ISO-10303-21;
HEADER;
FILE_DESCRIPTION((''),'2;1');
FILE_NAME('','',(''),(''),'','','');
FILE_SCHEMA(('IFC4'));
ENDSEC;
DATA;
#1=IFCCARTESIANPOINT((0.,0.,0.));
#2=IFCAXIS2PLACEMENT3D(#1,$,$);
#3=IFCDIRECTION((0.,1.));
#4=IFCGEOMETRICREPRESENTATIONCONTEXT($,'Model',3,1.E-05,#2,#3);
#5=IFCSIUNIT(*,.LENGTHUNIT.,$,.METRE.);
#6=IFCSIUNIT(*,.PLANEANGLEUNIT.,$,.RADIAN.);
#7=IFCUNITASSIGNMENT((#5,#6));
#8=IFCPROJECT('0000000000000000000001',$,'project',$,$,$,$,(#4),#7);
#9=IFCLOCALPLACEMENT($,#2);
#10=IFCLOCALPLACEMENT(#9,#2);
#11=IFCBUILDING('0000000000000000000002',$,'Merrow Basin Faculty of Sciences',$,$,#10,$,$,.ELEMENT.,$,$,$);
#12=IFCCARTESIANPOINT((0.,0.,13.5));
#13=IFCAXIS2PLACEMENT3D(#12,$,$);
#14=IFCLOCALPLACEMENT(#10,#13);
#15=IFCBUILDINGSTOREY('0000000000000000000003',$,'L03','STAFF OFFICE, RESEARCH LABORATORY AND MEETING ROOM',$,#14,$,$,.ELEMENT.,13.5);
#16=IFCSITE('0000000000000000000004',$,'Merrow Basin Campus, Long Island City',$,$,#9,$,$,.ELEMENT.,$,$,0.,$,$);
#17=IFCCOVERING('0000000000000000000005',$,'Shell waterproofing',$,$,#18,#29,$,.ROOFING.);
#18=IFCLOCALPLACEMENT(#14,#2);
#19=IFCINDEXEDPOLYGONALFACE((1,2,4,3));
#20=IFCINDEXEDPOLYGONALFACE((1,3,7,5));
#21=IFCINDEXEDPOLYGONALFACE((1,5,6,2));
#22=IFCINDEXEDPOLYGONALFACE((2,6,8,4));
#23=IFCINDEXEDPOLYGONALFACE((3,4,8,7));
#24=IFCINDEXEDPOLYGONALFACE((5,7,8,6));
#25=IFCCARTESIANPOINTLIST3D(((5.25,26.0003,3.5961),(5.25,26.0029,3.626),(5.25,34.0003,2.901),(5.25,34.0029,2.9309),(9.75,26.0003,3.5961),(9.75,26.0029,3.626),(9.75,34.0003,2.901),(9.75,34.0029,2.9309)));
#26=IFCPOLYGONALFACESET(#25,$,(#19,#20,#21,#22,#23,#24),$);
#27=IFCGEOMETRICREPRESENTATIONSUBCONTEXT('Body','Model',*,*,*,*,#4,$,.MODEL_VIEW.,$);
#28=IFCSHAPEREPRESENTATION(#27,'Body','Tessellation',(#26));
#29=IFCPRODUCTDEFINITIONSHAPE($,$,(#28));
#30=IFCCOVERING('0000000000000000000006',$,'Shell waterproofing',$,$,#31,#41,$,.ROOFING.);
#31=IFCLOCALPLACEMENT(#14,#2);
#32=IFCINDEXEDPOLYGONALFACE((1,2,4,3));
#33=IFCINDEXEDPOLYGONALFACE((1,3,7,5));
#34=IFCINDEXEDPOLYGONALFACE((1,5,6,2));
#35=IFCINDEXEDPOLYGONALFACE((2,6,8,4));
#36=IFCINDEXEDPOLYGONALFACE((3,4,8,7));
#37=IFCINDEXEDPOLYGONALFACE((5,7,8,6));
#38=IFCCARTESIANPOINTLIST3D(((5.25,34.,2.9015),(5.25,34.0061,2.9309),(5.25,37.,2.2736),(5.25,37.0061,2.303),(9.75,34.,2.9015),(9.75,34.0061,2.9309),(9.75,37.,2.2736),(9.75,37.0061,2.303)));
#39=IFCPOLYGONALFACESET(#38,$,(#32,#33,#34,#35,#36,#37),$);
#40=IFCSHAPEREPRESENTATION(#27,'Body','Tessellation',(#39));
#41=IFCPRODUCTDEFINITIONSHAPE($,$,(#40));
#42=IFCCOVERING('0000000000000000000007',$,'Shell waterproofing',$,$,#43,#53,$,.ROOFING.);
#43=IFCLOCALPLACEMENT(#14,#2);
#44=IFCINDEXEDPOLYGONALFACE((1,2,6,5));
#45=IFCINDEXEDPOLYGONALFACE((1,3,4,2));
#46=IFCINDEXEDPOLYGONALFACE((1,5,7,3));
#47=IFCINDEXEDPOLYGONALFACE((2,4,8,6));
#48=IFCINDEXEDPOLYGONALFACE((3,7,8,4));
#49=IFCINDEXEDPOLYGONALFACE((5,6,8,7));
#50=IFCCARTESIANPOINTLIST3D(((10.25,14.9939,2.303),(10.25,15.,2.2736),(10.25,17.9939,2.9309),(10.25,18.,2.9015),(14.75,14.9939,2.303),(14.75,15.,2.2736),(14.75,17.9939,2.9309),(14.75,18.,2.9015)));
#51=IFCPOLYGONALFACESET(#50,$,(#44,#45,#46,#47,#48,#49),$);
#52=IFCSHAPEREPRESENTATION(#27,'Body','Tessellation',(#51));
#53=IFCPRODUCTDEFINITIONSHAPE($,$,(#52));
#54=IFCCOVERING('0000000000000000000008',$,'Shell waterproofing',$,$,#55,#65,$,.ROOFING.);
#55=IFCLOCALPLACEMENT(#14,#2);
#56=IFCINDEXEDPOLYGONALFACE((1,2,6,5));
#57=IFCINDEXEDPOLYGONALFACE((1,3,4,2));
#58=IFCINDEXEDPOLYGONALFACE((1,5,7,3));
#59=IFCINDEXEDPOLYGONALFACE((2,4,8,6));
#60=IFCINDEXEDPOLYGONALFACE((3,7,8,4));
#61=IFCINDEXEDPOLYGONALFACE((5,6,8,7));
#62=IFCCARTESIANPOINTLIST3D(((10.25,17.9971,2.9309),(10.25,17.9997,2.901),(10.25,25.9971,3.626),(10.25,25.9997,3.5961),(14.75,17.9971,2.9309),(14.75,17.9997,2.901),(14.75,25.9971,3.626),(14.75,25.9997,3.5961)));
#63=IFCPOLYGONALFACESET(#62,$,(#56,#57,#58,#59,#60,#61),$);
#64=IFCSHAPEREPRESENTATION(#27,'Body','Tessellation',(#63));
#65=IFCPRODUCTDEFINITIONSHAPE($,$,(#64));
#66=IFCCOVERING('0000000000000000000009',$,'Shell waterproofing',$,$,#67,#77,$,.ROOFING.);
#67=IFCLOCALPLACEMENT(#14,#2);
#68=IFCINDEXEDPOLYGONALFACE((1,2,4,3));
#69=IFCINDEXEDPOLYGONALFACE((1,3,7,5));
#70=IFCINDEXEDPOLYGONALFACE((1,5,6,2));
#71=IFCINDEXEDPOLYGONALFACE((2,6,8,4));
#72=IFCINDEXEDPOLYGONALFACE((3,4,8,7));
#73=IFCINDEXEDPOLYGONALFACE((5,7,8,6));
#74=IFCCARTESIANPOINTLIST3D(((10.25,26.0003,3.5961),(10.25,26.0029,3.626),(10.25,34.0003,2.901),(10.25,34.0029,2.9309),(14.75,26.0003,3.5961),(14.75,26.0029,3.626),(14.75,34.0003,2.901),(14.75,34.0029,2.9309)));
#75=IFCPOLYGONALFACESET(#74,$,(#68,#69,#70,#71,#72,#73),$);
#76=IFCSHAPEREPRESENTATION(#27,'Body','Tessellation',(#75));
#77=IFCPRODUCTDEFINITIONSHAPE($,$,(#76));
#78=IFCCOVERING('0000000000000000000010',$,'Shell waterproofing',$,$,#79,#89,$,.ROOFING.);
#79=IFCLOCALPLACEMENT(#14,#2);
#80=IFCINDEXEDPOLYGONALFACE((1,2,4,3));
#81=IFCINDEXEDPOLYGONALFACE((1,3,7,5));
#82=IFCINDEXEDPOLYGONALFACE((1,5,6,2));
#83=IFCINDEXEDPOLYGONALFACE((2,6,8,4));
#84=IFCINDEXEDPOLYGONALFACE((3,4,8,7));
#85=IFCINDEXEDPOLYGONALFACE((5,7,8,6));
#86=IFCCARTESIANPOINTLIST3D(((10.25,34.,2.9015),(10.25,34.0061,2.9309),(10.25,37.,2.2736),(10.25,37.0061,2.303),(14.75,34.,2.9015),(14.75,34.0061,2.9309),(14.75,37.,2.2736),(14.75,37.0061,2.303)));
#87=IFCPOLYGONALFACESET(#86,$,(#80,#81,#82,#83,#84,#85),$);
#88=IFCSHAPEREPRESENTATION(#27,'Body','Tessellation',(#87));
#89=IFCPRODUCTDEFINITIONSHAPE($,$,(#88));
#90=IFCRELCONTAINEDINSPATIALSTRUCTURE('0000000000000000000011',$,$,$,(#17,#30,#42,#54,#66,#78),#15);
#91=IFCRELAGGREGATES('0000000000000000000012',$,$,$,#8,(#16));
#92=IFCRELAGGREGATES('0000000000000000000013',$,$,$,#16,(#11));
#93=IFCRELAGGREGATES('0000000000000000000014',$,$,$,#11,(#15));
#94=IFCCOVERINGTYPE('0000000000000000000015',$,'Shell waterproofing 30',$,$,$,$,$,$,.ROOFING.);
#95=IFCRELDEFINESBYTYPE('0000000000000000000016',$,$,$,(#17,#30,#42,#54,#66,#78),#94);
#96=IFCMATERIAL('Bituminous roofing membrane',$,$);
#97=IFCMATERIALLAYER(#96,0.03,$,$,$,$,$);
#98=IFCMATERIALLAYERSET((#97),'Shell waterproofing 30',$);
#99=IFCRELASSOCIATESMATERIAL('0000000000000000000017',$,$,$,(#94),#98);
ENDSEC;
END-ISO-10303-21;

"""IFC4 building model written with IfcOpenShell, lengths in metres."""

from ifc_helpers import new_model, si_unit, direction, frame, origin, place, context, subcontext, project, spatial, polyline, outline, extrude, material, layer, layer_set, type_object, element, save


model = new_model("IFC4")

# Units and contexts
model_context = context("Model", 3, precision=1e-05, world=origin(), true_north=direction((0.0, 1.0)))
body_context = subcontext(model_context, "Body", "Model", "MODEL_VIEW")
ifc_project = project(units=[si_unit("LENGTHUNIT", "METRE"), si_unit("PLANEANGLEUNIT", "RADIAN")], contexts=[model_context])

# Site, building, storey
site_placement = place(None, origin())
site = spatial("IfcSite", under=ifc_project, at=site_placement, Name="Merrow Basin Campus, Long Island City", CompositionType="ELEMENT", RefElevation=0.0)
building_placement = place(site_placement, origin())
building = spatial("IfcBuilding", under=site, at=building_placement, Name="Merrow Basin Faculty of Sciences", CompositionType="ELEMENT")
storey_placement = place(building_placement, frame((0.0, 0.0, 13.5)))
storey = spatial("IfcBuildingStorey", under=building, at=storey_placement, Name="L03", Description="STAFF OFFICE, RESEARCH LABORATORY AND MEETING ROOM", CompositionType="ELEMENT", Elevation=13.5)

# Coverings
ifc_material_1 = material(Name="Bituminous roofing membrane")
ifc_layer_1 = layer(ifc_material_1, 0.03)
ifc_layer_set_1 = layer_set([ifc_layer_1], Name="Shell waterproofing 30")
covering_type = type_object("IfcCoveringType", Name="Shell waterproofing 30", PredefinedType="ROOFING", material=ifc_layer_set_1)
for number, where, z_axis, x_axis, name in (
    (1, (5.25, 26.0029, 3.626), (0.0, 0.086557, 0.996247), (1.0, 0.0, 0.0), "Shell waterproofing"),
):
    element("IfcCovering", number, at=place(storey_placement, frame(where, z_axis=z_axis, x_axis=x_axis)), inside=storey, type_object=covering_type, Name=name, PredefinedType="ROOFING", context=body_context, shape_type="SweptSolid", body=[
        extrude(outline(polyline([(0.0, 0.0), (4.5, 0.0), (4.5, 8.0301), (0.0, 8.0301), (0.0, 0.0)])), origin(), (0.0, 0.0, -1.0), 0.03),
    ])
for number, where, z_axis, x_axis, name in (
    (2, (5.25, 34.0061, 2.9309), (0.0, 0.20487, 0.978789), (1.0, 0.0, 0.0), "Shell waterproofing"),
    (3, (10.25, 14.9939, 2.303), (0.0, -0.20487, 0.978789), (1.0, 0.0, 0.0), "Shell waterproofing"),
):
    element("IfcCovering", number, at=place(storey_placement, frame(where, z_axis=z_axis, x_axis=x_axis)), inside=storey, type_object=covering_type, Name=name, PredefinedType="ROOFING", context=body_context, shape_type="SweptSolid", body=[
        extrude(outline(polyline([(0.0, 0.0), (4.5, 0.0), (4.5, 3.065), (0.0, 3.065), (0.0, 0.0)])), origin(), (0.0, 0.0, -1.0), 0.03),
    ])
for number, where, z_axis, x_axis, name in (
    (4, (10.25, 17.9971, 2.9309), (0.0, -0.086557, 0.996247), (1.0, 0.0, 0.0), "Shell waterproofing"),
    (5, (10.25, 26.0029, 3.626), (0.0, 0.086557, 0.996247), (1.0, 0.0, 0.0), "Shell waterproofing"),
):
    element("IfcCovering", number, at=place(storey_placement, frame(where, z_axis=z_axis, x_axis=x_axis)), inside=storey, type_object=covering_type, Name=name, PredefinedType="ROOFING", context=body_context, shape_type="SweptSolid", body=[
        extrude(outline(polyline([(0.0, 0.0), (4.5, 0.0), (4.5, 8.0301), (0.0, 8.0301), (0.0, 0.0)])), origin(), (0.0, 0.0, -1.0), 0.03),
    ])
covering_1_placement = place(storey_placement, frame((10.25, 34.0061, 2.9309), z_axis=(0.0, 0.20487, 0.978789), x_axis=(1.0, 0.0, 0.0)))
element("IfcCovering", 6, at=covering_1_placement, inside=storey, type_object=covering_type, Name="Shell waterproofing", PredefinedType="ROOFING", context=body_context, shape_type="SweptSolid", body=[
    extrude(outline(polyline([(0.0, 0.0), (4.5, 0.0), (4.5, 3.065), (0.0, 3.065), (0.0, 0.0)])), origin(), (0.0, 0.0, -1.0), 0.03),
])

save(model, "model.ifc")
